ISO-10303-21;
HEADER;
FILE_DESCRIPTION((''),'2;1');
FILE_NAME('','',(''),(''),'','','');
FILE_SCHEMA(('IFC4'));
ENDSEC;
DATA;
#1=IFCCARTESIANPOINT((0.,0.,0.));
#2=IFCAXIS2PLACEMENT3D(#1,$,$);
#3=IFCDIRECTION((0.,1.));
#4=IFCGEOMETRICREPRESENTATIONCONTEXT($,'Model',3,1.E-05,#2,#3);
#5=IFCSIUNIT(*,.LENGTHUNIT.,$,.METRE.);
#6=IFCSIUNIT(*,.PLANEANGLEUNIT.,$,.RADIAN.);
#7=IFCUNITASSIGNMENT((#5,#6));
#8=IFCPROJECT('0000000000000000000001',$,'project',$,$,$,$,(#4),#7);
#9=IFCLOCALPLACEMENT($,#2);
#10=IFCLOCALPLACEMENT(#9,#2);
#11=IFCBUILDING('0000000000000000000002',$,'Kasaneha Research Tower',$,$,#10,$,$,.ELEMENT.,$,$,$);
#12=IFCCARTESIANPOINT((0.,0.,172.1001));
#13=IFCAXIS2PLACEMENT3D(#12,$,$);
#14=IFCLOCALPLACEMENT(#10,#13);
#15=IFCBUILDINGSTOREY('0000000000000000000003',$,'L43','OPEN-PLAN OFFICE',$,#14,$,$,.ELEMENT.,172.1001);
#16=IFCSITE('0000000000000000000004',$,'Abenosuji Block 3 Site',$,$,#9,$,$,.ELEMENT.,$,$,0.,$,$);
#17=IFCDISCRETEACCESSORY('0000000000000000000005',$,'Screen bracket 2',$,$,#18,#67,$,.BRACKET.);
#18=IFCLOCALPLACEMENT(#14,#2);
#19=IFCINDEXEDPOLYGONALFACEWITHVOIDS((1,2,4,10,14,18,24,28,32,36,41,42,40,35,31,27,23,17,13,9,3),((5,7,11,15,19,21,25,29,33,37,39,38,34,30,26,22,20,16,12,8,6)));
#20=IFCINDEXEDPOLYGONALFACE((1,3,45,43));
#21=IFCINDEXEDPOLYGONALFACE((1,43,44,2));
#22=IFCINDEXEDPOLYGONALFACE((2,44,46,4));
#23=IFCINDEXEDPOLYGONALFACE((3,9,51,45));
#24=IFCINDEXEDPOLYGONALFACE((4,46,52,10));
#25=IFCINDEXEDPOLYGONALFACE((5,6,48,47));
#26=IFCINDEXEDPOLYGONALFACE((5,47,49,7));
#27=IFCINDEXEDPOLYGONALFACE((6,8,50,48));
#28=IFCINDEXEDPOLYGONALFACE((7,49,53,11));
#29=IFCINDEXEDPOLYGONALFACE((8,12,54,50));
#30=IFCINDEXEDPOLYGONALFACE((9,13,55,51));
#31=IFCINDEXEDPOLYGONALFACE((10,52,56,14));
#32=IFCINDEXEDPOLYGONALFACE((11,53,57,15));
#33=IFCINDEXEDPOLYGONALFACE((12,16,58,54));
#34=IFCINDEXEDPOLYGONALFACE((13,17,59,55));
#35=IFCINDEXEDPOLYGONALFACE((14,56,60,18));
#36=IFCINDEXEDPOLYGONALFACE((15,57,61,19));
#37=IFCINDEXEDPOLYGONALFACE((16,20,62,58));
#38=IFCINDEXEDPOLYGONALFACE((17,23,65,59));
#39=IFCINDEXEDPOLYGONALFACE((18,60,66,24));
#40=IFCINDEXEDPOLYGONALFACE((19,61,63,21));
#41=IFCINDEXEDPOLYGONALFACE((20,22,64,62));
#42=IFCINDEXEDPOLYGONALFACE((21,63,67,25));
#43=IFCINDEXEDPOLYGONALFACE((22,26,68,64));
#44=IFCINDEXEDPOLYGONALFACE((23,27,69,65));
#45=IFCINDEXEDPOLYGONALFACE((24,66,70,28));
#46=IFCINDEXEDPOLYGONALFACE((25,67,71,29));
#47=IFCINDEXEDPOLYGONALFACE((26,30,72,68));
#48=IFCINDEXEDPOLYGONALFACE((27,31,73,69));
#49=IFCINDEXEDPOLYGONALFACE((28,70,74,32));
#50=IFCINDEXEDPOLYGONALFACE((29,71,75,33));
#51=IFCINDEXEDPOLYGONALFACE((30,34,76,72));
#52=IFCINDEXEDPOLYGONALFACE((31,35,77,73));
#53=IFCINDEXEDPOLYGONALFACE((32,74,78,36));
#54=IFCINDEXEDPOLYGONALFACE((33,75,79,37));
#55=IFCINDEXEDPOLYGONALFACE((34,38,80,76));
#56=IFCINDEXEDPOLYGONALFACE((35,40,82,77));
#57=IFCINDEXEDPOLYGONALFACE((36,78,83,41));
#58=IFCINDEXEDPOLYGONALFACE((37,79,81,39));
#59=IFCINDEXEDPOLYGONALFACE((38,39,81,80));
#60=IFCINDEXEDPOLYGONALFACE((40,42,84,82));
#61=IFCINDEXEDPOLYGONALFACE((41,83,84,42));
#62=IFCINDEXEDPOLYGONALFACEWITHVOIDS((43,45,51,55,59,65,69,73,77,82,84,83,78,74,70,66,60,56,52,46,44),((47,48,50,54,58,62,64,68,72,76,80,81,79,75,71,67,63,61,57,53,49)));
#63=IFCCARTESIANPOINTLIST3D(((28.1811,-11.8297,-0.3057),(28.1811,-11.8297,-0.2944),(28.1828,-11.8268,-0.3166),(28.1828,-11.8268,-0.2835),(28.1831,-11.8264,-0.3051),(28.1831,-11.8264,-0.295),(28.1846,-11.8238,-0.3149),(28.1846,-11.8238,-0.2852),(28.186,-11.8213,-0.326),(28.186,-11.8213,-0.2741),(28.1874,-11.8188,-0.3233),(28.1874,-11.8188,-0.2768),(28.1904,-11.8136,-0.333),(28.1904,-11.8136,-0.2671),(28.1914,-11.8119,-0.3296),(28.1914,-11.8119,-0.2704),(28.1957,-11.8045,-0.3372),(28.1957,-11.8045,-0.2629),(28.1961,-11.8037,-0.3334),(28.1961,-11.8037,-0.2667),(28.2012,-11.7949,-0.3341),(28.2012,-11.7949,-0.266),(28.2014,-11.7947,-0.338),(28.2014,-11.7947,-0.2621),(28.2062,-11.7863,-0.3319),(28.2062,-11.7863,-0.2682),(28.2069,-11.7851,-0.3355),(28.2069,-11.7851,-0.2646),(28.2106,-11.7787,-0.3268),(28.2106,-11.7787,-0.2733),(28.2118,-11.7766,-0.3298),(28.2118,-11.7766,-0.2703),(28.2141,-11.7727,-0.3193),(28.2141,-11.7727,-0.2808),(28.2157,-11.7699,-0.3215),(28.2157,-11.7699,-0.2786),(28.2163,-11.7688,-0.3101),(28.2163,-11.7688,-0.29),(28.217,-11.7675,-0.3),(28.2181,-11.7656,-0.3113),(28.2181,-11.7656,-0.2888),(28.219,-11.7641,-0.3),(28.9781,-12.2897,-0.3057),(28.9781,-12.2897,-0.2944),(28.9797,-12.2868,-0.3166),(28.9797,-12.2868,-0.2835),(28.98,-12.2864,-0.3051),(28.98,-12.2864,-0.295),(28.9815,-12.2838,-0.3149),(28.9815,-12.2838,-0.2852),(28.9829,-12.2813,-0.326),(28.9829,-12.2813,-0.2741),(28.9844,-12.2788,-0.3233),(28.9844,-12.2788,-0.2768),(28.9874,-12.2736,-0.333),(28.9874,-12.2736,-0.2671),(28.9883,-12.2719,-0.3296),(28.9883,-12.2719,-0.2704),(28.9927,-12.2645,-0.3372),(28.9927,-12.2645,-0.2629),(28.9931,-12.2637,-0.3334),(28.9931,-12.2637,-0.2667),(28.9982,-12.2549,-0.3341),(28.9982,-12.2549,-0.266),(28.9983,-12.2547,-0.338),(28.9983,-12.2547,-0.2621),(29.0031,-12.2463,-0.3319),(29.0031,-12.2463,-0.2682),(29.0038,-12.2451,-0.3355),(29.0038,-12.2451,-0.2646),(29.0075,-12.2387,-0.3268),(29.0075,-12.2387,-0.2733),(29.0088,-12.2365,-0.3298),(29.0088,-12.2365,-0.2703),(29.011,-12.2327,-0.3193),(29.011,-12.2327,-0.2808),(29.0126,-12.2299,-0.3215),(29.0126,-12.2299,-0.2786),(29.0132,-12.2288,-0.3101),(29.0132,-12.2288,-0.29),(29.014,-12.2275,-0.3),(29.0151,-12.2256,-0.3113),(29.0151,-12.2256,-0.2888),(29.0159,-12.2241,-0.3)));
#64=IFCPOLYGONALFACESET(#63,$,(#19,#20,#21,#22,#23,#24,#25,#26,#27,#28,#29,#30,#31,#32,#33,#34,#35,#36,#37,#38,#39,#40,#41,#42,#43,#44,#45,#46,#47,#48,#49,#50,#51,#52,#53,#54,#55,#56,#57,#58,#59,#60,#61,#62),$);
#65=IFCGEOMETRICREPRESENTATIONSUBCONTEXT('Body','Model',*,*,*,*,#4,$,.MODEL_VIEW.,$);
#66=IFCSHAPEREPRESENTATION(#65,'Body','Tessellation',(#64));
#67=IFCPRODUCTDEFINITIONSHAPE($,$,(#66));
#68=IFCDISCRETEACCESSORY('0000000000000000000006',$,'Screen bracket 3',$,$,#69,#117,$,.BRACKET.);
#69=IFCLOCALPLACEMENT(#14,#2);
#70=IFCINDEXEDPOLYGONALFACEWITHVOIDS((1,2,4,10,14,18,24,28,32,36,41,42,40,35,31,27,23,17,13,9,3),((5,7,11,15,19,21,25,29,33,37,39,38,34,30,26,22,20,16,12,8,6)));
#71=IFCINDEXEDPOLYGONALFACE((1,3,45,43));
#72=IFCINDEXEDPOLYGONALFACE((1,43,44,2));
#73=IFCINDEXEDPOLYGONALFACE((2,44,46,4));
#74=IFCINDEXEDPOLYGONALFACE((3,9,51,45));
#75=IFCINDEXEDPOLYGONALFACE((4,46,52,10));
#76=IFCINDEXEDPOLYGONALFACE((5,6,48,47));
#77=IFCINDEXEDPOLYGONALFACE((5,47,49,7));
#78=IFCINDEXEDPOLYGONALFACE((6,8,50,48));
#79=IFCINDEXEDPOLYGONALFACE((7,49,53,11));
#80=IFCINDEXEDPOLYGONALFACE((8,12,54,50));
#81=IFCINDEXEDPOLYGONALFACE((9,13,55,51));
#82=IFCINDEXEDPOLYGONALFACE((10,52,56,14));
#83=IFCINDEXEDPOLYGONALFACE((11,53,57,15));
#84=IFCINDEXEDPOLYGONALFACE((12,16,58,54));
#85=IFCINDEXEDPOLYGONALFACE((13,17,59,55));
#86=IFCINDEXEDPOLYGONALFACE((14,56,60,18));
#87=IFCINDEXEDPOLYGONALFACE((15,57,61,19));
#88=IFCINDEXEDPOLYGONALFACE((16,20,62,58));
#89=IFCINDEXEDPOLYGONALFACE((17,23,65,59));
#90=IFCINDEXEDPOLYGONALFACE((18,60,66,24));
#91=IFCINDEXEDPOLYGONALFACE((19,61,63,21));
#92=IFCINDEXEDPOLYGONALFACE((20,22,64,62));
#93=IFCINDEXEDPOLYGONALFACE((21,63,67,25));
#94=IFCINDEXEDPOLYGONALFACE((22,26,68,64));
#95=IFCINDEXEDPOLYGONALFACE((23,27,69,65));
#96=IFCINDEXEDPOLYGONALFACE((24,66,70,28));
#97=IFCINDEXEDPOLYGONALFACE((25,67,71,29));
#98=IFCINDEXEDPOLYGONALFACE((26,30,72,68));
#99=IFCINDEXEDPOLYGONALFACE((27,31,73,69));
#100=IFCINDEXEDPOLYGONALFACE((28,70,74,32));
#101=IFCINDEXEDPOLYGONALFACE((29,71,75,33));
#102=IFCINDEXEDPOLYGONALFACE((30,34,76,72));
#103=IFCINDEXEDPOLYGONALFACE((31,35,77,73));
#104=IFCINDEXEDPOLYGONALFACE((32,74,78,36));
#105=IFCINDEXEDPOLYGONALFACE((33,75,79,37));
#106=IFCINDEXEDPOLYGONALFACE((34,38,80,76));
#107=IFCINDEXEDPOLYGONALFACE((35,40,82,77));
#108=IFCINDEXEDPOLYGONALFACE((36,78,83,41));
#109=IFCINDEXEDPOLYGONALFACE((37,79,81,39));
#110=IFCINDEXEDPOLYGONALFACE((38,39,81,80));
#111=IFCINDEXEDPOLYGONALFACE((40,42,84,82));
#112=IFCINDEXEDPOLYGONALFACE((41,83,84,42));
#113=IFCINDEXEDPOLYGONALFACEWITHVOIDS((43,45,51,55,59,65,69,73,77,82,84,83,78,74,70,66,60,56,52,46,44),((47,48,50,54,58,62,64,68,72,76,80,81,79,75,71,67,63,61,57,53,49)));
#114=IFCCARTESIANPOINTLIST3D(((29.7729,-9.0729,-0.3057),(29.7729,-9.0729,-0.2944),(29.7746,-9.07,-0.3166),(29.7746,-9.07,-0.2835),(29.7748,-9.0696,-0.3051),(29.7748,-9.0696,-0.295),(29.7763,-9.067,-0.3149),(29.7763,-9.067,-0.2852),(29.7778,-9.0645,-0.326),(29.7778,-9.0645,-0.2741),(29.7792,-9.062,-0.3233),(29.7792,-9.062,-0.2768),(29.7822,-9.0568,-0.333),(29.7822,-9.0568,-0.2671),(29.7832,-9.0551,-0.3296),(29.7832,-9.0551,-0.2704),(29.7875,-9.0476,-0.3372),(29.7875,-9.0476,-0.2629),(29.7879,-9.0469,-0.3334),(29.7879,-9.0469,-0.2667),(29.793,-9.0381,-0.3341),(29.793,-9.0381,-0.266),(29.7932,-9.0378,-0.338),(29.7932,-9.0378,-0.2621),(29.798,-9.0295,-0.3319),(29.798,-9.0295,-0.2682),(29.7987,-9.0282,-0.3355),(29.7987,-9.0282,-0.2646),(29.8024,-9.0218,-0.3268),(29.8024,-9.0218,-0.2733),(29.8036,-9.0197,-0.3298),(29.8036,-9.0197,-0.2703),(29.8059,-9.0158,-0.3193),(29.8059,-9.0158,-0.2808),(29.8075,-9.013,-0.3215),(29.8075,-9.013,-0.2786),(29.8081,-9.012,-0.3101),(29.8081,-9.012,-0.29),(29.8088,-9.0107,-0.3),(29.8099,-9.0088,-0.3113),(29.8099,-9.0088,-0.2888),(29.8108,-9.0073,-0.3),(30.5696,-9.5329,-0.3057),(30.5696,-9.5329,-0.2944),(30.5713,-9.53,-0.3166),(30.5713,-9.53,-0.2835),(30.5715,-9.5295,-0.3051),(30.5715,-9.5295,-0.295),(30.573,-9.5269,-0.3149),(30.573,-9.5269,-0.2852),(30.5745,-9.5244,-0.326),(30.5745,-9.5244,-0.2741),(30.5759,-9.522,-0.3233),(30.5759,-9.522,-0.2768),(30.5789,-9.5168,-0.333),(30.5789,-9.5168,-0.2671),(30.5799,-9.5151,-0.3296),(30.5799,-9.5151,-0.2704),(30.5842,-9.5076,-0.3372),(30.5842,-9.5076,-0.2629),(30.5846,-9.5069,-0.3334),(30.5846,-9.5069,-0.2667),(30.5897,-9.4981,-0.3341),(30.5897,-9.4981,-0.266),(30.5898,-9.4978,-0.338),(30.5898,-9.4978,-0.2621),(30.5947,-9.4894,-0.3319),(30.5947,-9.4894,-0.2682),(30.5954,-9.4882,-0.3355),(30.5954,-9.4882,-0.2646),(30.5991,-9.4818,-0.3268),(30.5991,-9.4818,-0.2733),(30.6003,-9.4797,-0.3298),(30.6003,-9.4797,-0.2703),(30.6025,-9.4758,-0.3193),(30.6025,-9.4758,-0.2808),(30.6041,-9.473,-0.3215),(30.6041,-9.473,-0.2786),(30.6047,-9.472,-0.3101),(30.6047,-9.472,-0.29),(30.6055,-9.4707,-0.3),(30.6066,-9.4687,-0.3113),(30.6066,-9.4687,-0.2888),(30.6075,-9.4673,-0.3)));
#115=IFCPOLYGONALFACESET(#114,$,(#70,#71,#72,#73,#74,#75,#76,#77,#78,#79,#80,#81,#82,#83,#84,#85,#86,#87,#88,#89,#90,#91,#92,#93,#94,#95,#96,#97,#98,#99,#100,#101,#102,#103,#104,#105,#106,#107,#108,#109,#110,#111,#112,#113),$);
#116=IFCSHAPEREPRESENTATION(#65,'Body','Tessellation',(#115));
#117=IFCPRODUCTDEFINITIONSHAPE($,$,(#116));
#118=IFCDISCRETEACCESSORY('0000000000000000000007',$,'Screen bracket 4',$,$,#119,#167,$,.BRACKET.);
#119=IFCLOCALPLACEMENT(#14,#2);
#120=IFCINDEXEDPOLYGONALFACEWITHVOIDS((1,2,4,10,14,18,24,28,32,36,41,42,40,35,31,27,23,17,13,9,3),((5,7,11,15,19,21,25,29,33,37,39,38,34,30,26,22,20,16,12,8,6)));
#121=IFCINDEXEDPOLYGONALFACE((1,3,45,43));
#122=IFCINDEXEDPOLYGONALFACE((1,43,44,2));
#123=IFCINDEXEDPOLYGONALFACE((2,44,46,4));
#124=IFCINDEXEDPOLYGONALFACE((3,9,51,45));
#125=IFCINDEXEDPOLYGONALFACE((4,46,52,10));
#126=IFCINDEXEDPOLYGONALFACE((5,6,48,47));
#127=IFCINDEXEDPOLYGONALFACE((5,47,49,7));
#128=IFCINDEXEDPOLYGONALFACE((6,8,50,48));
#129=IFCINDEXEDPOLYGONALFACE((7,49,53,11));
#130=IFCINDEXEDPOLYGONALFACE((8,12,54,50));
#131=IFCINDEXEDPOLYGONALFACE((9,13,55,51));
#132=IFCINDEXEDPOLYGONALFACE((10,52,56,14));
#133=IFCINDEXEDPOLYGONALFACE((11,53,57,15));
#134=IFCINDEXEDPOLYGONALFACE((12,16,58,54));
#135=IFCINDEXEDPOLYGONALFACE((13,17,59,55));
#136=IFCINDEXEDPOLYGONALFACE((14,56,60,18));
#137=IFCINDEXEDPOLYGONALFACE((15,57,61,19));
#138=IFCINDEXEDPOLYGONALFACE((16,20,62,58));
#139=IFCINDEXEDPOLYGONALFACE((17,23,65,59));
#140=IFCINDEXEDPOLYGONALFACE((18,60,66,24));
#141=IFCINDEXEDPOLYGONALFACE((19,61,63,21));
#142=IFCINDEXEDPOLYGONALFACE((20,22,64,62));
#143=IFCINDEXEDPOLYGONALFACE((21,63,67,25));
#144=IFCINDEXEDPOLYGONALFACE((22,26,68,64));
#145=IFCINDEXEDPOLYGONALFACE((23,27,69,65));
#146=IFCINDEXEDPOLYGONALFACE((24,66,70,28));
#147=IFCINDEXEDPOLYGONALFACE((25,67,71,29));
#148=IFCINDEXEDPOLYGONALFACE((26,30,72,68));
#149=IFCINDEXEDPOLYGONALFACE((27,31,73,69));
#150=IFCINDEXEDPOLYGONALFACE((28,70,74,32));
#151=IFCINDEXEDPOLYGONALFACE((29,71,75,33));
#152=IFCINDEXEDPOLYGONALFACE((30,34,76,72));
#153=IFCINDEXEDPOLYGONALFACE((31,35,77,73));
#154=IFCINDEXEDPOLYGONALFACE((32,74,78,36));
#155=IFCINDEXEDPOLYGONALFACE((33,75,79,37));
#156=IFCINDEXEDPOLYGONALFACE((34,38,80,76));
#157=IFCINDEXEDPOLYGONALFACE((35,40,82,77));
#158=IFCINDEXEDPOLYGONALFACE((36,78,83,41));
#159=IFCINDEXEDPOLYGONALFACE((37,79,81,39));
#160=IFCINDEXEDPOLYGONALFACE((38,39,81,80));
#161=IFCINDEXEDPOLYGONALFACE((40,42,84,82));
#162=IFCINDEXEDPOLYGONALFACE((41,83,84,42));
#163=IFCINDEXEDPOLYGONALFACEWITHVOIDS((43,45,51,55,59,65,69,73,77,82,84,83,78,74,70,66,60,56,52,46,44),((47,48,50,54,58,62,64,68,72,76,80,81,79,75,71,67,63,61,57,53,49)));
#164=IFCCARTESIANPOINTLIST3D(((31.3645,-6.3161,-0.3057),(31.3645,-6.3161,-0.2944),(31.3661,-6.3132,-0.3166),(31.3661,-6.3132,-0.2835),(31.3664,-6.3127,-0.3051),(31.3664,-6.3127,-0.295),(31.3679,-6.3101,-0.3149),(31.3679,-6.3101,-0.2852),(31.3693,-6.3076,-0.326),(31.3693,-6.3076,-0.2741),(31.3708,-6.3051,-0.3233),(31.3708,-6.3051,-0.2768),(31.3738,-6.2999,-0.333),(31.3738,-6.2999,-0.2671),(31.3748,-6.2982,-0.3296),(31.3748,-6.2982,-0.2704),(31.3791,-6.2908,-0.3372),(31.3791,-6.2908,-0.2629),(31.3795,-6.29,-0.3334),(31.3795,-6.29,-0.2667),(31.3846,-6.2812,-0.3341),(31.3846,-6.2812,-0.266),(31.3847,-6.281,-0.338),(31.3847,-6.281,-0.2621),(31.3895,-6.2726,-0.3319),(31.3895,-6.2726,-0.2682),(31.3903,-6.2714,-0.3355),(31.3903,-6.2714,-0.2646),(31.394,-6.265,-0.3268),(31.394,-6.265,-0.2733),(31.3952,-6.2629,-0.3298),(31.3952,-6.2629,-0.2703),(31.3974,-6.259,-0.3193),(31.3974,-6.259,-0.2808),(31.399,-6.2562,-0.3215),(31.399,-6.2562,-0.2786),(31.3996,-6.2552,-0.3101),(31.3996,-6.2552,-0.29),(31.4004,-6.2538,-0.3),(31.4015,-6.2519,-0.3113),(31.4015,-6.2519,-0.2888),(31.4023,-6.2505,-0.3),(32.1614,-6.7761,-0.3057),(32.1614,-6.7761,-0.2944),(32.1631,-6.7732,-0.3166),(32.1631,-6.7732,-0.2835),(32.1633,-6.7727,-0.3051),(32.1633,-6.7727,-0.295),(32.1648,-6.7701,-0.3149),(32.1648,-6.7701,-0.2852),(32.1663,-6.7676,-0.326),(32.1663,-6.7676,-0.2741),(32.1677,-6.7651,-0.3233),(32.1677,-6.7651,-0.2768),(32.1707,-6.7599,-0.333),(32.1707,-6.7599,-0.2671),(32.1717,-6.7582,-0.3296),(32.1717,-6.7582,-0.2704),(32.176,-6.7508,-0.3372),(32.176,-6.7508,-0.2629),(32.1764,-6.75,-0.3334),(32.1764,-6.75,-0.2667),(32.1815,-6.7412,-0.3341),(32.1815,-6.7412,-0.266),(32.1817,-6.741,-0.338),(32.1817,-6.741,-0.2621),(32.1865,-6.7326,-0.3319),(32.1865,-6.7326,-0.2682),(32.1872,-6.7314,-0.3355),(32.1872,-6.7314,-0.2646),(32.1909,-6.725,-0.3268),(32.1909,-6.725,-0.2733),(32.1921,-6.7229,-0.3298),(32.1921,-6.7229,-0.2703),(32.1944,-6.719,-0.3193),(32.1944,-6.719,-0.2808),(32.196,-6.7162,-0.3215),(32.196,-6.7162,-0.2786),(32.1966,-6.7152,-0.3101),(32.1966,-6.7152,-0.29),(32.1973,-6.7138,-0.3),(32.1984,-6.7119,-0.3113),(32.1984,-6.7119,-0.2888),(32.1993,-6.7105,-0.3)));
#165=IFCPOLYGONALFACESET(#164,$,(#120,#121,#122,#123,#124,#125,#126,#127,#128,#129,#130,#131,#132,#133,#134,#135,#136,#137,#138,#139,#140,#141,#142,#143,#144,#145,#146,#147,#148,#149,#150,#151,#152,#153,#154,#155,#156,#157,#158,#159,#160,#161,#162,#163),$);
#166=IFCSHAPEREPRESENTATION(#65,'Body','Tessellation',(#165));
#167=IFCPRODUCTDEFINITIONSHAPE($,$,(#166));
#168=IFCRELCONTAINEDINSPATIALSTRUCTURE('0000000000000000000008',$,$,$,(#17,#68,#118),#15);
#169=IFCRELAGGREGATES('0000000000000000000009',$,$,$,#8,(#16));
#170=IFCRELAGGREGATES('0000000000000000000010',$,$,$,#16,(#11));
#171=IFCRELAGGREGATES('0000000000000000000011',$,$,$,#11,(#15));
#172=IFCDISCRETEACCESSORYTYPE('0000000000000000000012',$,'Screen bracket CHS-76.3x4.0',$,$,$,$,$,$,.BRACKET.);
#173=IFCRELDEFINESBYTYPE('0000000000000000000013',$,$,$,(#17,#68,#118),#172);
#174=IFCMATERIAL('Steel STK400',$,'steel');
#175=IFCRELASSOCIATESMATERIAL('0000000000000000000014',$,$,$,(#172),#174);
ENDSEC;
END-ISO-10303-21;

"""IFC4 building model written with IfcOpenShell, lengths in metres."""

from ifc_helpers import new_model, si_unit, direction, frame, origin, origin_2d, place, context, subcontext, project, spatial, hollow_circle, extrude, material, material_profile, profile_set, type_object, element, save


model = new_model("IFC4")

# Units and contexts
model_context = context("Model", 3, precision=1e-05, world=origin(), true_north=direction((0.0, 1.0)))
body_context = subcontext(model_context, "Body", "Model", "MODEL_VIEW")
ifc_project = project(units=[si_unit("LENGTHUNIT", "METRE"), si_unit("PLANEANGLEUNIT", "RADIAN")], contexts=[model_context])

# Site, building, storey
site_placement = place(None, origin())
site = spatial("IfcSite", under=ifc_project, at=site_placement, Name="Abenosuji Block 3 Site", CompositionType="ELEMENT", RefElevation=0.0)
building_placement = place(site_placement, origin())
building = spatial("IfcBuilding", under=site, at=building_placement, Name="Kasaneha Research Tower", CompositionType="ELEMENT")
storey_placement = place(building_placement, frame((0.0, 0.0, 172.1001)))
storey = spatial("IfcBuildingStorey", under=building, at=storey_placement, Name="L43", Description="OPEN-PLAN OFFICE", CompositionType="ELEMENT", Elevation=172.1001)

# Discrete accessories
ifc_material_1 = material(Name="Steel STK400", Category="steel")
ifc_material_profile_1 = material_profile(ifc_material_1, hollow_circle(Radius=0.0381, WallThickness=0.0039, at=origin_2d()), Name="CHS-76.3x4.0")
ifc_profile_set_1 = profile_set([ifc_material_profile_1], Name="Steel STK400")
discrete_accessory_type = type_object("IfcDiscreteAccessoryType", Name="Screen bracket CHS-76.3x4.0", PredefinedType="BRACKET", material=ifc_profile_set_1)
discrete_accessory_1_placement = place(storey_placement, frame((28.2, -11.7971, -0.3), z_axis=(0.86608, -0.499906, 0.0), x_axis=(0.499906, 0.86608, 0.0)))
element("IfcDiscreteAccessory", 1, at=discrete_accessory_1_placement, inside=storey, type_object=discrete_accessory_type, Name="Screen bracket 2", PredefinedType="BRACKET", context=body_context, shape_type="SweptSolid", body=[
    extrude(hollow_circle(Radius=0.0381, WallThickness=0.0039, at=origin_2d()), origin(), (0.0, 0.0, 1.0), 0.9202),
])
discrete_accessory_2_placement = place(storey_placement, frame((29.7917, -9.0403, -0.3), z_axis=(0.866013, -0.500021, 0.0), x_axis=(0.500021, 0.866013, 0.0)))
element("IfcDiscreteAccessory", 2, at=discrete_accessory_2_placement, inside=storey, type_object=discrete_accessory_type, Name="Screen bracket 3", PredefinedType="BRACKET", context=body_context, shape_type="SweptSolid", body=[
    extrude(hollow_circle(Radius=0.0381, WallThickness=0.0039, at=origin_2d()), origin(), (0.0, 0.0, 1.0), 0.9199),
])
discrete_accessory_3_placement = place(storey_placement, frame((31.3833, -6.2834, -0.3), z_axis=(0.86608, -0.499906, 0.0), x_axis=(0.499906, 0.86608, 0.0)))
element("IfcDiscreteAccessory", 3, at=discrete_accessory_3_placement, inside=storey, type_object=discrete_accessory_type, Name="Screen bracket 4", PredefinedType="BRACKET", context=body_context, shape_type="SweptSolid", body=[
    extrude(hollow_circle(Radius=0.0381, WallThickness=0.0039, at=origin_2d()), origin(), (0.0, 0.0, 1.0), 0.9202),
])

save(model, "model.ifc")
